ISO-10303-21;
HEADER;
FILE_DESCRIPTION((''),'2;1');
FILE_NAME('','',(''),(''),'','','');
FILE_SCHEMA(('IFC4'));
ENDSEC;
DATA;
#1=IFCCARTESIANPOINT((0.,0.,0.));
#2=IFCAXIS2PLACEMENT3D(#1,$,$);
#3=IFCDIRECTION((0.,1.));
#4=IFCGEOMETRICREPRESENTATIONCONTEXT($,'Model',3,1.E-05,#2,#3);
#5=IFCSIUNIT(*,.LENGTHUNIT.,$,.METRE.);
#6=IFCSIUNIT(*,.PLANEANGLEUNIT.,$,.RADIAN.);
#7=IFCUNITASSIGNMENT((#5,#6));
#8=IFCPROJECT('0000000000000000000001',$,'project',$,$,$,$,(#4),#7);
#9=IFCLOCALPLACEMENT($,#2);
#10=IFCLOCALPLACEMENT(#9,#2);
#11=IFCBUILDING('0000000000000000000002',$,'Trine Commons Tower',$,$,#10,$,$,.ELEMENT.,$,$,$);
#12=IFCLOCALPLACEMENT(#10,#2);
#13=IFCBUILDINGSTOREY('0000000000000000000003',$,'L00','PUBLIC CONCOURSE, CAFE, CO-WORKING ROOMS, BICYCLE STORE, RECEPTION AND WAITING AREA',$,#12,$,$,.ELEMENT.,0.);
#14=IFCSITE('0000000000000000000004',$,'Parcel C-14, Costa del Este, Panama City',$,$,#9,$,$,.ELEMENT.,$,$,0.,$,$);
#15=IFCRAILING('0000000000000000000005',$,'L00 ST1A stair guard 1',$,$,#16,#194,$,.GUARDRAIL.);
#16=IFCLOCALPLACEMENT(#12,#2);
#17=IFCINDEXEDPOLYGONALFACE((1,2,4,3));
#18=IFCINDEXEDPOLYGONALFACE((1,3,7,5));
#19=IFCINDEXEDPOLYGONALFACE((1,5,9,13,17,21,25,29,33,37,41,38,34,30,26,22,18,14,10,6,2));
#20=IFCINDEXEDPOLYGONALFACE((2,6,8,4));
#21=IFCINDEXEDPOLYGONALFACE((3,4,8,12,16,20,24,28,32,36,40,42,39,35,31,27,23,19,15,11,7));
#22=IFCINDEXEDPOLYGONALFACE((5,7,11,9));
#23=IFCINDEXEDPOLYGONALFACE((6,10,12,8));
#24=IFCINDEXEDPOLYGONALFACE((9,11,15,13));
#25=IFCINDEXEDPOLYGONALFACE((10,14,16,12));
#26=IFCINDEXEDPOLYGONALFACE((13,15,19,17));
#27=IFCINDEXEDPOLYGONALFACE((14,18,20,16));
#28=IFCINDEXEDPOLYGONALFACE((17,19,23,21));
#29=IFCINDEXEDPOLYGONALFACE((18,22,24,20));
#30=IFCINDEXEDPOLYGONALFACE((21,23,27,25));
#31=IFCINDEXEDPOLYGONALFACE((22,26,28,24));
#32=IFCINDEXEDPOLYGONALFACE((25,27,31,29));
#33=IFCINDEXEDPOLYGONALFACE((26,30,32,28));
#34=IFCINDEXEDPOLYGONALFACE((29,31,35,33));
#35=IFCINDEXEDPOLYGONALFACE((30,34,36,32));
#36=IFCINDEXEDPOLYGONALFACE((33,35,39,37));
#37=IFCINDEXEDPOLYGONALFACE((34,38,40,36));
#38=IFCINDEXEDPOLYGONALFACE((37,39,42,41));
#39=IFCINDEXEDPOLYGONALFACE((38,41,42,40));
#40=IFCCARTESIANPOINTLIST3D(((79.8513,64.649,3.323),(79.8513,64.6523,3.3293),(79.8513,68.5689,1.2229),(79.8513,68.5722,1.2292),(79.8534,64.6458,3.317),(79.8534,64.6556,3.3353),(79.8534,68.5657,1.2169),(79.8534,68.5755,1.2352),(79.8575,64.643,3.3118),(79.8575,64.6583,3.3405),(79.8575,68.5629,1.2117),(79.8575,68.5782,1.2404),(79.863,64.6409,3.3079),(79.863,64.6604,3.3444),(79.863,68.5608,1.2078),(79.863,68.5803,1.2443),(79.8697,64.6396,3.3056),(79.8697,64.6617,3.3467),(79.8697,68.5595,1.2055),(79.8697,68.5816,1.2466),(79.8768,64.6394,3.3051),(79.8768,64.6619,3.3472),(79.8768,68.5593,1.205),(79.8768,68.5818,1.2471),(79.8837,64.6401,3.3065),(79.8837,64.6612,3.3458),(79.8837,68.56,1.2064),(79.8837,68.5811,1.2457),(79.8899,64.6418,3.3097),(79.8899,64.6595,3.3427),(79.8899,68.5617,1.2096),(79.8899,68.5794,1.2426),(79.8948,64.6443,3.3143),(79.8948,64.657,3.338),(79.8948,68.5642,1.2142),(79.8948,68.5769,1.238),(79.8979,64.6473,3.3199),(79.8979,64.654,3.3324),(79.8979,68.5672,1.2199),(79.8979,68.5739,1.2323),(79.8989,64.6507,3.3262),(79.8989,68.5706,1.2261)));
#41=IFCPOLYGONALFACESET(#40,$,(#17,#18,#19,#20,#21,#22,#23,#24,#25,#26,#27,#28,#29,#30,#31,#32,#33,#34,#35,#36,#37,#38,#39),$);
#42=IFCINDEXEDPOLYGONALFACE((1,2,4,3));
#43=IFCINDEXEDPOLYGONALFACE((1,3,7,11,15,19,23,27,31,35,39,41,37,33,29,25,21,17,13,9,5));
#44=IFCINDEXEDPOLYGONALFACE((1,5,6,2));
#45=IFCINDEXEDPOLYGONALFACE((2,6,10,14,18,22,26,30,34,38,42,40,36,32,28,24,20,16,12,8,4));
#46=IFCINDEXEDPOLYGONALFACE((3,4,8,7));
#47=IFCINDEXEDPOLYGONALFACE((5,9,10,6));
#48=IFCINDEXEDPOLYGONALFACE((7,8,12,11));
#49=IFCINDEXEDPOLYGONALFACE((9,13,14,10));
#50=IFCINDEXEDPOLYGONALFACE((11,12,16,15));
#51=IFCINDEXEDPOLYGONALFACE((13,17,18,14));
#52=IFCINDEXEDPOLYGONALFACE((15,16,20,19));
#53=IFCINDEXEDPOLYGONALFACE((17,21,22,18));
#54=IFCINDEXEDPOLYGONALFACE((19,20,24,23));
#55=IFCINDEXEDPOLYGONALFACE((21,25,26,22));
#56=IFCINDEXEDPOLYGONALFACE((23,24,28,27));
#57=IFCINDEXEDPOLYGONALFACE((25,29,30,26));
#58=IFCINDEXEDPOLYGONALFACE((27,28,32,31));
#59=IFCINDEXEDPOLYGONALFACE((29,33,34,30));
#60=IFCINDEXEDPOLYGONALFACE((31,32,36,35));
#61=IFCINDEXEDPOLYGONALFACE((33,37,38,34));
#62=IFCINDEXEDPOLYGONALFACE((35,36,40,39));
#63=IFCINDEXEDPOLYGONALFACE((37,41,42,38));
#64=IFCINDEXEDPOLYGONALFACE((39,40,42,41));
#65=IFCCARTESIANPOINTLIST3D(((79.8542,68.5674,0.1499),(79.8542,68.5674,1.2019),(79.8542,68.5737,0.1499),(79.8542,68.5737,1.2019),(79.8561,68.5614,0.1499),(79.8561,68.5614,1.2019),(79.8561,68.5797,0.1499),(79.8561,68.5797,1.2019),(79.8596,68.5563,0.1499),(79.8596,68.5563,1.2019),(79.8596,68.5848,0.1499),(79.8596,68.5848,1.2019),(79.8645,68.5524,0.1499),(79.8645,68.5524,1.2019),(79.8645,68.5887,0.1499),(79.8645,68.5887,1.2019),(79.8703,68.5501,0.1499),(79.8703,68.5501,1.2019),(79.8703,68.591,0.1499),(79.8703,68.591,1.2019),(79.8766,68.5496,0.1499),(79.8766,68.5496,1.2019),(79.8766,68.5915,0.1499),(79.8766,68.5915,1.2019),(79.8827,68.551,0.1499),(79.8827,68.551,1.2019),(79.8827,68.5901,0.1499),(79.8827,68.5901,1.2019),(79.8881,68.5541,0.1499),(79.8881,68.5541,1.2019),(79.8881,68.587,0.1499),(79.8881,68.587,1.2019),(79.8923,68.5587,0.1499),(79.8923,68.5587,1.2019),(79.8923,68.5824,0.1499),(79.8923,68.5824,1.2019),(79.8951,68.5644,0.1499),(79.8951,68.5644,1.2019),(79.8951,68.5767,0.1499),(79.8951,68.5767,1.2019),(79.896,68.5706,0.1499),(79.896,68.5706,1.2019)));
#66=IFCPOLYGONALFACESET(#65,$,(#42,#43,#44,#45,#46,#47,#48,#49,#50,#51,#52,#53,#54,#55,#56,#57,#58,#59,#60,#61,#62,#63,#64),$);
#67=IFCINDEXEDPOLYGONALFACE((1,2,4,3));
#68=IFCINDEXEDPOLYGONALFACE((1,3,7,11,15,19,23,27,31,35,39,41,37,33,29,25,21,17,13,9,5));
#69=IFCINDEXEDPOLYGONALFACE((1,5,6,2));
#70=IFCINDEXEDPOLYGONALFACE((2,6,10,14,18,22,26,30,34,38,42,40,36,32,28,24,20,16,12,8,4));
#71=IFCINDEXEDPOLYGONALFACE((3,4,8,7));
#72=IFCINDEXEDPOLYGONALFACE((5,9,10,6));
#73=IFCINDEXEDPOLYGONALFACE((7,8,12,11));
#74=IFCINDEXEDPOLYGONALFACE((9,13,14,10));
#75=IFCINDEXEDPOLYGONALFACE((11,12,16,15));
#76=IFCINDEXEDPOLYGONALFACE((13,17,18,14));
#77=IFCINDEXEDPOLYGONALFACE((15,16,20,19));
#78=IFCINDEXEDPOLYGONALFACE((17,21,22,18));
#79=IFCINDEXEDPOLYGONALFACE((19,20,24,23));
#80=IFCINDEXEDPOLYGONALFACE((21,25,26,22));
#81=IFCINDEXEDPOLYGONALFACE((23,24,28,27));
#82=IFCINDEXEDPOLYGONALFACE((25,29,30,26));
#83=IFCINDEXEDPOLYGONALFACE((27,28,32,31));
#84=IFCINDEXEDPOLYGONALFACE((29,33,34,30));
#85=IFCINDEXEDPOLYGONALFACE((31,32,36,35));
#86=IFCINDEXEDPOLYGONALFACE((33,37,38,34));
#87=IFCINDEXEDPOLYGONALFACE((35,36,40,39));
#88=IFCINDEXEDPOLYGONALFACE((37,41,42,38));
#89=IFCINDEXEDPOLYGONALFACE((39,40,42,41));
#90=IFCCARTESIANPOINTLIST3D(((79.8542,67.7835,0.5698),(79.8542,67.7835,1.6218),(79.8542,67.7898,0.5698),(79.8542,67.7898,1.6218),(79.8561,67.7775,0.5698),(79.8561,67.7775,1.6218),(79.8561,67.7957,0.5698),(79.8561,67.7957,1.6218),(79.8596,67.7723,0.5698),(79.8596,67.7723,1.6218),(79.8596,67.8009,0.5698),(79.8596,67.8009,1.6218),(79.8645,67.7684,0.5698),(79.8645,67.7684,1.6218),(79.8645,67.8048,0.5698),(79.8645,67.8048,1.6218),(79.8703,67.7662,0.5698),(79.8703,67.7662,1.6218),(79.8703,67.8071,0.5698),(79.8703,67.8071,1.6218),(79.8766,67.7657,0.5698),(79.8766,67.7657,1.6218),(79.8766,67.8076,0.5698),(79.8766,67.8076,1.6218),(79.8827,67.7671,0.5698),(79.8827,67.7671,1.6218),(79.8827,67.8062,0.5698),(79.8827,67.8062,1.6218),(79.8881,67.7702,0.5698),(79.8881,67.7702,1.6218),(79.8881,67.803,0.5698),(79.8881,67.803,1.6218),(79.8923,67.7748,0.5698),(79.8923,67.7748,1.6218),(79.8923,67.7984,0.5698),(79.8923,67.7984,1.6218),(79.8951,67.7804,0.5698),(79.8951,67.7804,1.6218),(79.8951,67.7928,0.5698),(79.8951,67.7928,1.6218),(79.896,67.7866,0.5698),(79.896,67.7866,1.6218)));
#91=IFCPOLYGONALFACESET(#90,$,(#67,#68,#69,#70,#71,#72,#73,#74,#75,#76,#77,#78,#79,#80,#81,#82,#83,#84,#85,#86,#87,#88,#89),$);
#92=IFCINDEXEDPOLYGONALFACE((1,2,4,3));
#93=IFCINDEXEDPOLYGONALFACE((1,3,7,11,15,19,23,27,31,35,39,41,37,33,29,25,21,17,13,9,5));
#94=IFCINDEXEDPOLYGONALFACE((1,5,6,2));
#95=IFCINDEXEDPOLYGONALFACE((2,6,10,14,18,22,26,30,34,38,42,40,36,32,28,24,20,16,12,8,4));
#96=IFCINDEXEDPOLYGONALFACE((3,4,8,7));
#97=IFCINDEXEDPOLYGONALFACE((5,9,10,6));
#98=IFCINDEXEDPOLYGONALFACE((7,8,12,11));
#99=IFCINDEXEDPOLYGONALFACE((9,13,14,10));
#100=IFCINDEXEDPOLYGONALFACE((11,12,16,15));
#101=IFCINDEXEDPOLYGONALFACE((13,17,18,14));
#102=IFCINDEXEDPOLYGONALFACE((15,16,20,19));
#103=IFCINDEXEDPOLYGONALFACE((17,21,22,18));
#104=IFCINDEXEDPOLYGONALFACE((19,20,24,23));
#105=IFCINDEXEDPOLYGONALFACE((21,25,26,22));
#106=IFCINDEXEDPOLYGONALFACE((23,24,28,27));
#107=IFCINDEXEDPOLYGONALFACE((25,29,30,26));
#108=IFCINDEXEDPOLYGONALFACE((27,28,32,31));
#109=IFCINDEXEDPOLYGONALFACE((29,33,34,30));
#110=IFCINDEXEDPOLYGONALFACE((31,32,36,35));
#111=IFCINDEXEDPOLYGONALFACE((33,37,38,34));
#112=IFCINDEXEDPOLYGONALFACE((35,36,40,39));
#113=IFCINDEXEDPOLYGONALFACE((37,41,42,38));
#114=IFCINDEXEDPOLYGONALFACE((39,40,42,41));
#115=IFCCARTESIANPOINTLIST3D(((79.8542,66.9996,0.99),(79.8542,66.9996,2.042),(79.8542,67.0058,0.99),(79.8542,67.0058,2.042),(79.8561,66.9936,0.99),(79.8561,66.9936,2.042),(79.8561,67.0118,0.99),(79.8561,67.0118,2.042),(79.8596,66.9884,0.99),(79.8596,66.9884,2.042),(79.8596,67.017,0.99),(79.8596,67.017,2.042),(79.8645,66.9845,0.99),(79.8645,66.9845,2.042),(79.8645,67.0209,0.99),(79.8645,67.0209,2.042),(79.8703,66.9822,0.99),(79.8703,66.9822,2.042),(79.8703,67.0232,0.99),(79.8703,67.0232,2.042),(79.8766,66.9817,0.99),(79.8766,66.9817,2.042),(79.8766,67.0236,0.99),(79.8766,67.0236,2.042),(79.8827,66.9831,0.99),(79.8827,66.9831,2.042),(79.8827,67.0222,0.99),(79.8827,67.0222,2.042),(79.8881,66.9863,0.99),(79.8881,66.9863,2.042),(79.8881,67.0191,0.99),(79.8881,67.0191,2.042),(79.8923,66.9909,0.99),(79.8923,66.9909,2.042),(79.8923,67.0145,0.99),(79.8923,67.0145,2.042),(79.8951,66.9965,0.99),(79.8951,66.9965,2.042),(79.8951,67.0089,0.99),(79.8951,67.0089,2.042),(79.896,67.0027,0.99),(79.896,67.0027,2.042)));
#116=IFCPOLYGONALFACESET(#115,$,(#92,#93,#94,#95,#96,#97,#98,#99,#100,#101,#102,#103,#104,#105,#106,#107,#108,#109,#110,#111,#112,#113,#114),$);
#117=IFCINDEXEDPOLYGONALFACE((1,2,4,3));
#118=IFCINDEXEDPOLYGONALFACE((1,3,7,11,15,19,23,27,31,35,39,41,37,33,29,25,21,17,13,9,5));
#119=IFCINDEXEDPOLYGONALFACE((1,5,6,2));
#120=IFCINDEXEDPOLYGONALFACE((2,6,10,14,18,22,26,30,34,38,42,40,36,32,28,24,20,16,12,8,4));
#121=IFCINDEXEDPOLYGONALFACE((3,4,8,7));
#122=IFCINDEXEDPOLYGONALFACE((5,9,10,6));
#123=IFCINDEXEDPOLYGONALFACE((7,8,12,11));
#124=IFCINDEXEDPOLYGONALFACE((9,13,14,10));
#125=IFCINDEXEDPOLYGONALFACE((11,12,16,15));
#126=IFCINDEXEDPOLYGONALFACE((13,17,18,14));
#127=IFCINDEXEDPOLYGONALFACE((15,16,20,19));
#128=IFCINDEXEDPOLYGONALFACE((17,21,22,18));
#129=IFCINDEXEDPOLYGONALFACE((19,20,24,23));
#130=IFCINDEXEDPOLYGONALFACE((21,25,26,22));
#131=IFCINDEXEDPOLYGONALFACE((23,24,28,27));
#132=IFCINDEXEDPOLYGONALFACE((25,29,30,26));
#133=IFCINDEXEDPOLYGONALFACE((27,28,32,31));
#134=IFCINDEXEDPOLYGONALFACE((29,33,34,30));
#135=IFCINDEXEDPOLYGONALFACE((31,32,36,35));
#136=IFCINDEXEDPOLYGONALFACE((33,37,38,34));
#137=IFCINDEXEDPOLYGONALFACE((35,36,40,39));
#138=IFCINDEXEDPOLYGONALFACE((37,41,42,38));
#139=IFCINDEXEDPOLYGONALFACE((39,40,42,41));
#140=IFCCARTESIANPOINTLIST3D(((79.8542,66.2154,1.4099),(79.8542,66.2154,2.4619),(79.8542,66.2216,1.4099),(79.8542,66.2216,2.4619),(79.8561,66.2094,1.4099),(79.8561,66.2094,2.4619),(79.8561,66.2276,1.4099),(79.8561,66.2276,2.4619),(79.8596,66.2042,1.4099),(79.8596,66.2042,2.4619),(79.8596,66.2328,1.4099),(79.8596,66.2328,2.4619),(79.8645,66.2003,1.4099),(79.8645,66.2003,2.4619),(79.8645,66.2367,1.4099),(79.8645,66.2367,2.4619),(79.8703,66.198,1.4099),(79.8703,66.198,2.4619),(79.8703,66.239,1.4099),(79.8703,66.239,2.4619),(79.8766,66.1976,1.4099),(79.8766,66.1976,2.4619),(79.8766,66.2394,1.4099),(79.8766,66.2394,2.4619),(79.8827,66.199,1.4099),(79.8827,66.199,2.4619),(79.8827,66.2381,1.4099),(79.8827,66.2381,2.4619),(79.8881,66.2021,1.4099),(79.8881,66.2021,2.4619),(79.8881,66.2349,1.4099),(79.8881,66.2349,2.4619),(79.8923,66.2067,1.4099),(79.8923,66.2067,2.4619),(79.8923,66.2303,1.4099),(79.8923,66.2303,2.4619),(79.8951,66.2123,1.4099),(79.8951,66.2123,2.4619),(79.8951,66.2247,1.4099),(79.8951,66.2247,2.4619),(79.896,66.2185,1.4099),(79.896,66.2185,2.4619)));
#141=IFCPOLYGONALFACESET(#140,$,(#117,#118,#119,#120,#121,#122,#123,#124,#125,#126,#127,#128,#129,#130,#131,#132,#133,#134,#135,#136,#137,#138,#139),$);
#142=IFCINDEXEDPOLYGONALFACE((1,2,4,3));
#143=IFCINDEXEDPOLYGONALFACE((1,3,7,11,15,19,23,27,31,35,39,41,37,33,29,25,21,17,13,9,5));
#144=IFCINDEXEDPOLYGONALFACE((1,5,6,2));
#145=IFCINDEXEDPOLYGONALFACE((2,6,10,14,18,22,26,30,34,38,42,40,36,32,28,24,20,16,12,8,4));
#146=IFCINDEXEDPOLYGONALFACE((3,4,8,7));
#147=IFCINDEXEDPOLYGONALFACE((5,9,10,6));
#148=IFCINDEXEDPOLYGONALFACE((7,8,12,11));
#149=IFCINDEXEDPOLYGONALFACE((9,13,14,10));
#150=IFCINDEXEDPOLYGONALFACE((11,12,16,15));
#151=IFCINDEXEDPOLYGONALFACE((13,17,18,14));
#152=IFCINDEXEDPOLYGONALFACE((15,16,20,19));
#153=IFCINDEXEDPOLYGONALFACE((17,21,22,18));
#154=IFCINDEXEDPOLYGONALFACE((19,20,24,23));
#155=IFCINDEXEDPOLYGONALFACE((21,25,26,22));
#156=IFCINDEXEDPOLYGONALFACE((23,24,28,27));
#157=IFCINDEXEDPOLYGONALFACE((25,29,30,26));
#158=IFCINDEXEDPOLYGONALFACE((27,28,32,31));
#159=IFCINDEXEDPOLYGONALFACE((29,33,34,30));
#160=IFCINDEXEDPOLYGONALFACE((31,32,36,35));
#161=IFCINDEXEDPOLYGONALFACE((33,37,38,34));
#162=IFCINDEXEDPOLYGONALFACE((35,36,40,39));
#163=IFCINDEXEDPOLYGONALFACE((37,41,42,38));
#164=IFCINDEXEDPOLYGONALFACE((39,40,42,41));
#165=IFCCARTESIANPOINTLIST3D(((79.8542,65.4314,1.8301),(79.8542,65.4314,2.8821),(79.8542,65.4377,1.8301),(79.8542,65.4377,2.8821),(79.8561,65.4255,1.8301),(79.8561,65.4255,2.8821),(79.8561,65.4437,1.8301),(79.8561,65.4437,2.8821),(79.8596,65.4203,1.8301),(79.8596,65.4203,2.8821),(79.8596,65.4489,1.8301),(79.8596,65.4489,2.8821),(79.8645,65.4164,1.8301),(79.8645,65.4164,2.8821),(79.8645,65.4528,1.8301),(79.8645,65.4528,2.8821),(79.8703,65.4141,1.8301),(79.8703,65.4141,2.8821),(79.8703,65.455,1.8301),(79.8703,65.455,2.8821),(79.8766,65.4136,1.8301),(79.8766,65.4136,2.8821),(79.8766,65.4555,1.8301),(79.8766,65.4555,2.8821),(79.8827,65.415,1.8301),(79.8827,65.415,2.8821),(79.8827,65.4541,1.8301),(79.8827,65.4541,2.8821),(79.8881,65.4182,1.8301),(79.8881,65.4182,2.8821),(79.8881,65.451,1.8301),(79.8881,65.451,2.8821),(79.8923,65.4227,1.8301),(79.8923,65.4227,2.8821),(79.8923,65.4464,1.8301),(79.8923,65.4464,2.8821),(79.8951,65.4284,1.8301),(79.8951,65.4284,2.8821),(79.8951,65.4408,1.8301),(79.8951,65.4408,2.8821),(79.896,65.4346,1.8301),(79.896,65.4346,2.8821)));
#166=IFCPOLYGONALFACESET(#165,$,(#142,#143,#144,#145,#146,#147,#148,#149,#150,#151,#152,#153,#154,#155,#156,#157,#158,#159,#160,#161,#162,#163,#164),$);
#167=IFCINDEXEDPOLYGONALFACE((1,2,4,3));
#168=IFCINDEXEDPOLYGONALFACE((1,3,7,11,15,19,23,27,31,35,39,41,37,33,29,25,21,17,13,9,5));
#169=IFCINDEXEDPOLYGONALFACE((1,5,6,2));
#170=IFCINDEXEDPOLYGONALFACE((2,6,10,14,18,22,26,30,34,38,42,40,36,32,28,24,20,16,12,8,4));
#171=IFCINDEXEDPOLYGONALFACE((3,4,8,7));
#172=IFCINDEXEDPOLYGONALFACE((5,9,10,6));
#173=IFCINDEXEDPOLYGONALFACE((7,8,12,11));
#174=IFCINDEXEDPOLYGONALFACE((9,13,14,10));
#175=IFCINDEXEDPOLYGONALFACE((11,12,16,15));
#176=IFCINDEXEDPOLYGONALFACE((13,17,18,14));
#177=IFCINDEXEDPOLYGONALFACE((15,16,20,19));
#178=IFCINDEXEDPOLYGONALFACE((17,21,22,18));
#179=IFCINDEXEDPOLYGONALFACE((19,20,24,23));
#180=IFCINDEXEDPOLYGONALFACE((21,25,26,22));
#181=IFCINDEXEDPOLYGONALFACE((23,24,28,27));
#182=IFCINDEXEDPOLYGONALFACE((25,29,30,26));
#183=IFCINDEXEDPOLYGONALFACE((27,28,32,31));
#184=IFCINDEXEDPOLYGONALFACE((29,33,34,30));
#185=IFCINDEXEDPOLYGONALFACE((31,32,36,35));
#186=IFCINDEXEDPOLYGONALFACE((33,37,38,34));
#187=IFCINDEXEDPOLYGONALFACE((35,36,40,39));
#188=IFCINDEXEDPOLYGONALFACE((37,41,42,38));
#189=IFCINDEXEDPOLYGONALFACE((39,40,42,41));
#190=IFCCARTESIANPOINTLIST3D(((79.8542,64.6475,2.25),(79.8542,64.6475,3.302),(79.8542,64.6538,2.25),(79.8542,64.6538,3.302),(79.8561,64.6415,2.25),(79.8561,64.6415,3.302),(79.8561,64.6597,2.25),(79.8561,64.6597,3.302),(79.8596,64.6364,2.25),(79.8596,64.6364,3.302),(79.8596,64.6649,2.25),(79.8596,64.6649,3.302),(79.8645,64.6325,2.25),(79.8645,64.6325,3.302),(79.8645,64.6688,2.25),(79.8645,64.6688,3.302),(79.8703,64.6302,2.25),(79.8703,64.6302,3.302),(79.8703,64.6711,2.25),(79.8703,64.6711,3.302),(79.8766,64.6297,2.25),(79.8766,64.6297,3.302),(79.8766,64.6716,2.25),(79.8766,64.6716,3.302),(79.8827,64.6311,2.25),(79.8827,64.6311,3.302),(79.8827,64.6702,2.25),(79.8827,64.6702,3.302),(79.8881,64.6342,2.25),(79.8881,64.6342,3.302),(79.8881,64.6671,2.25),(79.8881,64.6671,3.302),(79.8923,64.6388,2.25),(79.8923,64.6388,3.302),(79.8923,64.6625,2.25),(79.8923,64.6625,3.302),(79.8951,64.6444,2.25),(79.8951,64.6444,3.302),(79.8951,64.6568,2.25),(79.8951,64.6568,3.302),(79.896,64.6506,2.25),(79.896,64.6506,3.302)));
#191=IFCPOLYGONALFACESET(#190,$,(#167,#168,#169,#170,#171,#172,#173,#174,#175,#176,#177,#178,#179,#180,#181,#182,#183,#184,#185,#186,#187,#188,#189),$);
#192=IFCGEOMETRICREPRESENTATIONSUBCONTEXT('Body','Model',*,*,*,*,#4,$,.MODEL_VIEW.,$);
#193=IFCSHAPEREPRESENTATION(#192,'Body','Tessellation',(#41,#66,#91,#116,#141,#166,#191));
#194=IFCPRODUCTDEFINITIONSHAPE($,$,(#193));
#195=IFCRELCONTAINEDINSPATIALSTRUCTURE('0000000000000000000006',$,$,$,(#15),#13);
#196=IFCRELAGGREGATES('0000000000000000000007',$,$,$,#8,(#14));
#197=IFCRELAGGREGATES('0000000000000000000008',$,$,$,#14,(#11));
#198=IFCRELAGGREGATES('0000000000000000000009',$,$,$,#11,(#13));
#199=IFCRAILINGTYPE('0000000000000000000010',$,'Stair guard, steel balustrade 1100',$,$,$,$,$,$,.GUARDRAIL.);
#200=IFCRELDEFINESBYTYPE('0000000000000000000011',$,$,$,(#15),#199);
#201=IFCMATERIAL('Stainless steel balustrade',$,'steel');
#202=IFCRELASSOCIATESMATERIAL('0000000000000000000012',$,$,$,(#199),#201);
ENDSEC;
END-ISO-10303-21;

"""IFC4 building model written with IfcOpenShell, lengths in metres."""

from ifc_helpers import new_model, si_unit, direction, frame, origin, origin_2d, place, context, subcontext, project, spatial, circle, extrude, material, type_object, element, save


model = new_model("IFC4")

# Units and contexts
model_context = context("Model", 3, precision=1e-05, world=origin(), true_north=direction((0.0, 1.0)))
body_context = subcontext(model_context, "Body", "Model", "MODEL_VIEW")
ifc_project = project(units=[si_unit("LENGTHUNIT", "METRE"), si_unit("PLANEANGLEUNIT", "RADIAN")], contexts=[model_context])

# Site, building, storey
site_placement = place(None, origin())
site = spatial("IfcSite", under=ifc_project, at=site_placement, Name="Parcel C-14, Costa del Este, Panama City", CompositionType="ELEMENT", RefElevation=0.0)
building_placement = place(site_placement, origin())
building = spatial("IfcBuilding", under=site, at=building_placement, Name="Trine Commons Tower", CompositionType="ELEMENT")
storey_placement = place(building_placement, origin())
storey = spatial("IfcBuildingStorey", under=building, at=storey_placement, Name="L00", Description="PUBLIC CONCOURSE, CAFE, CO-WORKING ROOMS, BICYCLE STORE, RECEPTION AND WAITING AREA", CompositionType="ELEMENT", Elevation=0.0)

# Railing
ifc_material_1 = material(Name="Stainless steel balustrade", Category="steel")
railing_type = type_object("IfcRailingType", Name="Stair guard, steel balustrade 1100", PredefinedType="GUARDRAIL", material=ifc_material_1)
railing_1_placement = place(storey_placement, frame((79.875, 68.5706, 0.1499)))
element("IfcRailing", 1, at=railing_1_placement, inside=storey, type_object=railing_type, Name="L00 ST1A stair guard 1", PredefinedType="GUARDRAIL", context=body_context, shape_type="SweptSolid", body=[
    extrude(circle(Radius=0.0239, at=origin_2d()), frame((0.0, 0.0, 1.0762), z_axis=(0.0, -0.881467, 0.472246), x_axis=(1.0, 0.0, 0.0)), (0.0, 0.0, 1.0), 4.447),
    extrude(circle(Radius=0.021, at=origin_2d()), origin(), (0.0, 0.0, 1.0), 1.052),
    extrude(circle(Radius=0.021, at=origin_2d()), frame((0.0, -0.7839, 0.4199)), (0.0, 0.0, 1.0), 1.052),
    extrude(circle(Radius=0.021, at=origin_2d()), frame((0.0, -1.5679, 0.8401)), (0.0, 0.0, 1.0), 1.052),
    extrude(circle(Radius=0.021, at=origin_2d()), frame((0.0, -2.3521, 1.26)), (0.0, 0.0, 1.0), 1.052),
    extrude(circle(Radius=0.021, at=origin_2d()), frame((0.0, -3.136, 1.6802)), (0.0, 0.0, 1.0), 1.052),
    extrude(circle(Radius=0.021, at=origin_2d()), frame((0.0, -3.9199, 2.1001)), (0.0, 0.0, 1.0), 1.052),
])

save(model, "model.ifc")
